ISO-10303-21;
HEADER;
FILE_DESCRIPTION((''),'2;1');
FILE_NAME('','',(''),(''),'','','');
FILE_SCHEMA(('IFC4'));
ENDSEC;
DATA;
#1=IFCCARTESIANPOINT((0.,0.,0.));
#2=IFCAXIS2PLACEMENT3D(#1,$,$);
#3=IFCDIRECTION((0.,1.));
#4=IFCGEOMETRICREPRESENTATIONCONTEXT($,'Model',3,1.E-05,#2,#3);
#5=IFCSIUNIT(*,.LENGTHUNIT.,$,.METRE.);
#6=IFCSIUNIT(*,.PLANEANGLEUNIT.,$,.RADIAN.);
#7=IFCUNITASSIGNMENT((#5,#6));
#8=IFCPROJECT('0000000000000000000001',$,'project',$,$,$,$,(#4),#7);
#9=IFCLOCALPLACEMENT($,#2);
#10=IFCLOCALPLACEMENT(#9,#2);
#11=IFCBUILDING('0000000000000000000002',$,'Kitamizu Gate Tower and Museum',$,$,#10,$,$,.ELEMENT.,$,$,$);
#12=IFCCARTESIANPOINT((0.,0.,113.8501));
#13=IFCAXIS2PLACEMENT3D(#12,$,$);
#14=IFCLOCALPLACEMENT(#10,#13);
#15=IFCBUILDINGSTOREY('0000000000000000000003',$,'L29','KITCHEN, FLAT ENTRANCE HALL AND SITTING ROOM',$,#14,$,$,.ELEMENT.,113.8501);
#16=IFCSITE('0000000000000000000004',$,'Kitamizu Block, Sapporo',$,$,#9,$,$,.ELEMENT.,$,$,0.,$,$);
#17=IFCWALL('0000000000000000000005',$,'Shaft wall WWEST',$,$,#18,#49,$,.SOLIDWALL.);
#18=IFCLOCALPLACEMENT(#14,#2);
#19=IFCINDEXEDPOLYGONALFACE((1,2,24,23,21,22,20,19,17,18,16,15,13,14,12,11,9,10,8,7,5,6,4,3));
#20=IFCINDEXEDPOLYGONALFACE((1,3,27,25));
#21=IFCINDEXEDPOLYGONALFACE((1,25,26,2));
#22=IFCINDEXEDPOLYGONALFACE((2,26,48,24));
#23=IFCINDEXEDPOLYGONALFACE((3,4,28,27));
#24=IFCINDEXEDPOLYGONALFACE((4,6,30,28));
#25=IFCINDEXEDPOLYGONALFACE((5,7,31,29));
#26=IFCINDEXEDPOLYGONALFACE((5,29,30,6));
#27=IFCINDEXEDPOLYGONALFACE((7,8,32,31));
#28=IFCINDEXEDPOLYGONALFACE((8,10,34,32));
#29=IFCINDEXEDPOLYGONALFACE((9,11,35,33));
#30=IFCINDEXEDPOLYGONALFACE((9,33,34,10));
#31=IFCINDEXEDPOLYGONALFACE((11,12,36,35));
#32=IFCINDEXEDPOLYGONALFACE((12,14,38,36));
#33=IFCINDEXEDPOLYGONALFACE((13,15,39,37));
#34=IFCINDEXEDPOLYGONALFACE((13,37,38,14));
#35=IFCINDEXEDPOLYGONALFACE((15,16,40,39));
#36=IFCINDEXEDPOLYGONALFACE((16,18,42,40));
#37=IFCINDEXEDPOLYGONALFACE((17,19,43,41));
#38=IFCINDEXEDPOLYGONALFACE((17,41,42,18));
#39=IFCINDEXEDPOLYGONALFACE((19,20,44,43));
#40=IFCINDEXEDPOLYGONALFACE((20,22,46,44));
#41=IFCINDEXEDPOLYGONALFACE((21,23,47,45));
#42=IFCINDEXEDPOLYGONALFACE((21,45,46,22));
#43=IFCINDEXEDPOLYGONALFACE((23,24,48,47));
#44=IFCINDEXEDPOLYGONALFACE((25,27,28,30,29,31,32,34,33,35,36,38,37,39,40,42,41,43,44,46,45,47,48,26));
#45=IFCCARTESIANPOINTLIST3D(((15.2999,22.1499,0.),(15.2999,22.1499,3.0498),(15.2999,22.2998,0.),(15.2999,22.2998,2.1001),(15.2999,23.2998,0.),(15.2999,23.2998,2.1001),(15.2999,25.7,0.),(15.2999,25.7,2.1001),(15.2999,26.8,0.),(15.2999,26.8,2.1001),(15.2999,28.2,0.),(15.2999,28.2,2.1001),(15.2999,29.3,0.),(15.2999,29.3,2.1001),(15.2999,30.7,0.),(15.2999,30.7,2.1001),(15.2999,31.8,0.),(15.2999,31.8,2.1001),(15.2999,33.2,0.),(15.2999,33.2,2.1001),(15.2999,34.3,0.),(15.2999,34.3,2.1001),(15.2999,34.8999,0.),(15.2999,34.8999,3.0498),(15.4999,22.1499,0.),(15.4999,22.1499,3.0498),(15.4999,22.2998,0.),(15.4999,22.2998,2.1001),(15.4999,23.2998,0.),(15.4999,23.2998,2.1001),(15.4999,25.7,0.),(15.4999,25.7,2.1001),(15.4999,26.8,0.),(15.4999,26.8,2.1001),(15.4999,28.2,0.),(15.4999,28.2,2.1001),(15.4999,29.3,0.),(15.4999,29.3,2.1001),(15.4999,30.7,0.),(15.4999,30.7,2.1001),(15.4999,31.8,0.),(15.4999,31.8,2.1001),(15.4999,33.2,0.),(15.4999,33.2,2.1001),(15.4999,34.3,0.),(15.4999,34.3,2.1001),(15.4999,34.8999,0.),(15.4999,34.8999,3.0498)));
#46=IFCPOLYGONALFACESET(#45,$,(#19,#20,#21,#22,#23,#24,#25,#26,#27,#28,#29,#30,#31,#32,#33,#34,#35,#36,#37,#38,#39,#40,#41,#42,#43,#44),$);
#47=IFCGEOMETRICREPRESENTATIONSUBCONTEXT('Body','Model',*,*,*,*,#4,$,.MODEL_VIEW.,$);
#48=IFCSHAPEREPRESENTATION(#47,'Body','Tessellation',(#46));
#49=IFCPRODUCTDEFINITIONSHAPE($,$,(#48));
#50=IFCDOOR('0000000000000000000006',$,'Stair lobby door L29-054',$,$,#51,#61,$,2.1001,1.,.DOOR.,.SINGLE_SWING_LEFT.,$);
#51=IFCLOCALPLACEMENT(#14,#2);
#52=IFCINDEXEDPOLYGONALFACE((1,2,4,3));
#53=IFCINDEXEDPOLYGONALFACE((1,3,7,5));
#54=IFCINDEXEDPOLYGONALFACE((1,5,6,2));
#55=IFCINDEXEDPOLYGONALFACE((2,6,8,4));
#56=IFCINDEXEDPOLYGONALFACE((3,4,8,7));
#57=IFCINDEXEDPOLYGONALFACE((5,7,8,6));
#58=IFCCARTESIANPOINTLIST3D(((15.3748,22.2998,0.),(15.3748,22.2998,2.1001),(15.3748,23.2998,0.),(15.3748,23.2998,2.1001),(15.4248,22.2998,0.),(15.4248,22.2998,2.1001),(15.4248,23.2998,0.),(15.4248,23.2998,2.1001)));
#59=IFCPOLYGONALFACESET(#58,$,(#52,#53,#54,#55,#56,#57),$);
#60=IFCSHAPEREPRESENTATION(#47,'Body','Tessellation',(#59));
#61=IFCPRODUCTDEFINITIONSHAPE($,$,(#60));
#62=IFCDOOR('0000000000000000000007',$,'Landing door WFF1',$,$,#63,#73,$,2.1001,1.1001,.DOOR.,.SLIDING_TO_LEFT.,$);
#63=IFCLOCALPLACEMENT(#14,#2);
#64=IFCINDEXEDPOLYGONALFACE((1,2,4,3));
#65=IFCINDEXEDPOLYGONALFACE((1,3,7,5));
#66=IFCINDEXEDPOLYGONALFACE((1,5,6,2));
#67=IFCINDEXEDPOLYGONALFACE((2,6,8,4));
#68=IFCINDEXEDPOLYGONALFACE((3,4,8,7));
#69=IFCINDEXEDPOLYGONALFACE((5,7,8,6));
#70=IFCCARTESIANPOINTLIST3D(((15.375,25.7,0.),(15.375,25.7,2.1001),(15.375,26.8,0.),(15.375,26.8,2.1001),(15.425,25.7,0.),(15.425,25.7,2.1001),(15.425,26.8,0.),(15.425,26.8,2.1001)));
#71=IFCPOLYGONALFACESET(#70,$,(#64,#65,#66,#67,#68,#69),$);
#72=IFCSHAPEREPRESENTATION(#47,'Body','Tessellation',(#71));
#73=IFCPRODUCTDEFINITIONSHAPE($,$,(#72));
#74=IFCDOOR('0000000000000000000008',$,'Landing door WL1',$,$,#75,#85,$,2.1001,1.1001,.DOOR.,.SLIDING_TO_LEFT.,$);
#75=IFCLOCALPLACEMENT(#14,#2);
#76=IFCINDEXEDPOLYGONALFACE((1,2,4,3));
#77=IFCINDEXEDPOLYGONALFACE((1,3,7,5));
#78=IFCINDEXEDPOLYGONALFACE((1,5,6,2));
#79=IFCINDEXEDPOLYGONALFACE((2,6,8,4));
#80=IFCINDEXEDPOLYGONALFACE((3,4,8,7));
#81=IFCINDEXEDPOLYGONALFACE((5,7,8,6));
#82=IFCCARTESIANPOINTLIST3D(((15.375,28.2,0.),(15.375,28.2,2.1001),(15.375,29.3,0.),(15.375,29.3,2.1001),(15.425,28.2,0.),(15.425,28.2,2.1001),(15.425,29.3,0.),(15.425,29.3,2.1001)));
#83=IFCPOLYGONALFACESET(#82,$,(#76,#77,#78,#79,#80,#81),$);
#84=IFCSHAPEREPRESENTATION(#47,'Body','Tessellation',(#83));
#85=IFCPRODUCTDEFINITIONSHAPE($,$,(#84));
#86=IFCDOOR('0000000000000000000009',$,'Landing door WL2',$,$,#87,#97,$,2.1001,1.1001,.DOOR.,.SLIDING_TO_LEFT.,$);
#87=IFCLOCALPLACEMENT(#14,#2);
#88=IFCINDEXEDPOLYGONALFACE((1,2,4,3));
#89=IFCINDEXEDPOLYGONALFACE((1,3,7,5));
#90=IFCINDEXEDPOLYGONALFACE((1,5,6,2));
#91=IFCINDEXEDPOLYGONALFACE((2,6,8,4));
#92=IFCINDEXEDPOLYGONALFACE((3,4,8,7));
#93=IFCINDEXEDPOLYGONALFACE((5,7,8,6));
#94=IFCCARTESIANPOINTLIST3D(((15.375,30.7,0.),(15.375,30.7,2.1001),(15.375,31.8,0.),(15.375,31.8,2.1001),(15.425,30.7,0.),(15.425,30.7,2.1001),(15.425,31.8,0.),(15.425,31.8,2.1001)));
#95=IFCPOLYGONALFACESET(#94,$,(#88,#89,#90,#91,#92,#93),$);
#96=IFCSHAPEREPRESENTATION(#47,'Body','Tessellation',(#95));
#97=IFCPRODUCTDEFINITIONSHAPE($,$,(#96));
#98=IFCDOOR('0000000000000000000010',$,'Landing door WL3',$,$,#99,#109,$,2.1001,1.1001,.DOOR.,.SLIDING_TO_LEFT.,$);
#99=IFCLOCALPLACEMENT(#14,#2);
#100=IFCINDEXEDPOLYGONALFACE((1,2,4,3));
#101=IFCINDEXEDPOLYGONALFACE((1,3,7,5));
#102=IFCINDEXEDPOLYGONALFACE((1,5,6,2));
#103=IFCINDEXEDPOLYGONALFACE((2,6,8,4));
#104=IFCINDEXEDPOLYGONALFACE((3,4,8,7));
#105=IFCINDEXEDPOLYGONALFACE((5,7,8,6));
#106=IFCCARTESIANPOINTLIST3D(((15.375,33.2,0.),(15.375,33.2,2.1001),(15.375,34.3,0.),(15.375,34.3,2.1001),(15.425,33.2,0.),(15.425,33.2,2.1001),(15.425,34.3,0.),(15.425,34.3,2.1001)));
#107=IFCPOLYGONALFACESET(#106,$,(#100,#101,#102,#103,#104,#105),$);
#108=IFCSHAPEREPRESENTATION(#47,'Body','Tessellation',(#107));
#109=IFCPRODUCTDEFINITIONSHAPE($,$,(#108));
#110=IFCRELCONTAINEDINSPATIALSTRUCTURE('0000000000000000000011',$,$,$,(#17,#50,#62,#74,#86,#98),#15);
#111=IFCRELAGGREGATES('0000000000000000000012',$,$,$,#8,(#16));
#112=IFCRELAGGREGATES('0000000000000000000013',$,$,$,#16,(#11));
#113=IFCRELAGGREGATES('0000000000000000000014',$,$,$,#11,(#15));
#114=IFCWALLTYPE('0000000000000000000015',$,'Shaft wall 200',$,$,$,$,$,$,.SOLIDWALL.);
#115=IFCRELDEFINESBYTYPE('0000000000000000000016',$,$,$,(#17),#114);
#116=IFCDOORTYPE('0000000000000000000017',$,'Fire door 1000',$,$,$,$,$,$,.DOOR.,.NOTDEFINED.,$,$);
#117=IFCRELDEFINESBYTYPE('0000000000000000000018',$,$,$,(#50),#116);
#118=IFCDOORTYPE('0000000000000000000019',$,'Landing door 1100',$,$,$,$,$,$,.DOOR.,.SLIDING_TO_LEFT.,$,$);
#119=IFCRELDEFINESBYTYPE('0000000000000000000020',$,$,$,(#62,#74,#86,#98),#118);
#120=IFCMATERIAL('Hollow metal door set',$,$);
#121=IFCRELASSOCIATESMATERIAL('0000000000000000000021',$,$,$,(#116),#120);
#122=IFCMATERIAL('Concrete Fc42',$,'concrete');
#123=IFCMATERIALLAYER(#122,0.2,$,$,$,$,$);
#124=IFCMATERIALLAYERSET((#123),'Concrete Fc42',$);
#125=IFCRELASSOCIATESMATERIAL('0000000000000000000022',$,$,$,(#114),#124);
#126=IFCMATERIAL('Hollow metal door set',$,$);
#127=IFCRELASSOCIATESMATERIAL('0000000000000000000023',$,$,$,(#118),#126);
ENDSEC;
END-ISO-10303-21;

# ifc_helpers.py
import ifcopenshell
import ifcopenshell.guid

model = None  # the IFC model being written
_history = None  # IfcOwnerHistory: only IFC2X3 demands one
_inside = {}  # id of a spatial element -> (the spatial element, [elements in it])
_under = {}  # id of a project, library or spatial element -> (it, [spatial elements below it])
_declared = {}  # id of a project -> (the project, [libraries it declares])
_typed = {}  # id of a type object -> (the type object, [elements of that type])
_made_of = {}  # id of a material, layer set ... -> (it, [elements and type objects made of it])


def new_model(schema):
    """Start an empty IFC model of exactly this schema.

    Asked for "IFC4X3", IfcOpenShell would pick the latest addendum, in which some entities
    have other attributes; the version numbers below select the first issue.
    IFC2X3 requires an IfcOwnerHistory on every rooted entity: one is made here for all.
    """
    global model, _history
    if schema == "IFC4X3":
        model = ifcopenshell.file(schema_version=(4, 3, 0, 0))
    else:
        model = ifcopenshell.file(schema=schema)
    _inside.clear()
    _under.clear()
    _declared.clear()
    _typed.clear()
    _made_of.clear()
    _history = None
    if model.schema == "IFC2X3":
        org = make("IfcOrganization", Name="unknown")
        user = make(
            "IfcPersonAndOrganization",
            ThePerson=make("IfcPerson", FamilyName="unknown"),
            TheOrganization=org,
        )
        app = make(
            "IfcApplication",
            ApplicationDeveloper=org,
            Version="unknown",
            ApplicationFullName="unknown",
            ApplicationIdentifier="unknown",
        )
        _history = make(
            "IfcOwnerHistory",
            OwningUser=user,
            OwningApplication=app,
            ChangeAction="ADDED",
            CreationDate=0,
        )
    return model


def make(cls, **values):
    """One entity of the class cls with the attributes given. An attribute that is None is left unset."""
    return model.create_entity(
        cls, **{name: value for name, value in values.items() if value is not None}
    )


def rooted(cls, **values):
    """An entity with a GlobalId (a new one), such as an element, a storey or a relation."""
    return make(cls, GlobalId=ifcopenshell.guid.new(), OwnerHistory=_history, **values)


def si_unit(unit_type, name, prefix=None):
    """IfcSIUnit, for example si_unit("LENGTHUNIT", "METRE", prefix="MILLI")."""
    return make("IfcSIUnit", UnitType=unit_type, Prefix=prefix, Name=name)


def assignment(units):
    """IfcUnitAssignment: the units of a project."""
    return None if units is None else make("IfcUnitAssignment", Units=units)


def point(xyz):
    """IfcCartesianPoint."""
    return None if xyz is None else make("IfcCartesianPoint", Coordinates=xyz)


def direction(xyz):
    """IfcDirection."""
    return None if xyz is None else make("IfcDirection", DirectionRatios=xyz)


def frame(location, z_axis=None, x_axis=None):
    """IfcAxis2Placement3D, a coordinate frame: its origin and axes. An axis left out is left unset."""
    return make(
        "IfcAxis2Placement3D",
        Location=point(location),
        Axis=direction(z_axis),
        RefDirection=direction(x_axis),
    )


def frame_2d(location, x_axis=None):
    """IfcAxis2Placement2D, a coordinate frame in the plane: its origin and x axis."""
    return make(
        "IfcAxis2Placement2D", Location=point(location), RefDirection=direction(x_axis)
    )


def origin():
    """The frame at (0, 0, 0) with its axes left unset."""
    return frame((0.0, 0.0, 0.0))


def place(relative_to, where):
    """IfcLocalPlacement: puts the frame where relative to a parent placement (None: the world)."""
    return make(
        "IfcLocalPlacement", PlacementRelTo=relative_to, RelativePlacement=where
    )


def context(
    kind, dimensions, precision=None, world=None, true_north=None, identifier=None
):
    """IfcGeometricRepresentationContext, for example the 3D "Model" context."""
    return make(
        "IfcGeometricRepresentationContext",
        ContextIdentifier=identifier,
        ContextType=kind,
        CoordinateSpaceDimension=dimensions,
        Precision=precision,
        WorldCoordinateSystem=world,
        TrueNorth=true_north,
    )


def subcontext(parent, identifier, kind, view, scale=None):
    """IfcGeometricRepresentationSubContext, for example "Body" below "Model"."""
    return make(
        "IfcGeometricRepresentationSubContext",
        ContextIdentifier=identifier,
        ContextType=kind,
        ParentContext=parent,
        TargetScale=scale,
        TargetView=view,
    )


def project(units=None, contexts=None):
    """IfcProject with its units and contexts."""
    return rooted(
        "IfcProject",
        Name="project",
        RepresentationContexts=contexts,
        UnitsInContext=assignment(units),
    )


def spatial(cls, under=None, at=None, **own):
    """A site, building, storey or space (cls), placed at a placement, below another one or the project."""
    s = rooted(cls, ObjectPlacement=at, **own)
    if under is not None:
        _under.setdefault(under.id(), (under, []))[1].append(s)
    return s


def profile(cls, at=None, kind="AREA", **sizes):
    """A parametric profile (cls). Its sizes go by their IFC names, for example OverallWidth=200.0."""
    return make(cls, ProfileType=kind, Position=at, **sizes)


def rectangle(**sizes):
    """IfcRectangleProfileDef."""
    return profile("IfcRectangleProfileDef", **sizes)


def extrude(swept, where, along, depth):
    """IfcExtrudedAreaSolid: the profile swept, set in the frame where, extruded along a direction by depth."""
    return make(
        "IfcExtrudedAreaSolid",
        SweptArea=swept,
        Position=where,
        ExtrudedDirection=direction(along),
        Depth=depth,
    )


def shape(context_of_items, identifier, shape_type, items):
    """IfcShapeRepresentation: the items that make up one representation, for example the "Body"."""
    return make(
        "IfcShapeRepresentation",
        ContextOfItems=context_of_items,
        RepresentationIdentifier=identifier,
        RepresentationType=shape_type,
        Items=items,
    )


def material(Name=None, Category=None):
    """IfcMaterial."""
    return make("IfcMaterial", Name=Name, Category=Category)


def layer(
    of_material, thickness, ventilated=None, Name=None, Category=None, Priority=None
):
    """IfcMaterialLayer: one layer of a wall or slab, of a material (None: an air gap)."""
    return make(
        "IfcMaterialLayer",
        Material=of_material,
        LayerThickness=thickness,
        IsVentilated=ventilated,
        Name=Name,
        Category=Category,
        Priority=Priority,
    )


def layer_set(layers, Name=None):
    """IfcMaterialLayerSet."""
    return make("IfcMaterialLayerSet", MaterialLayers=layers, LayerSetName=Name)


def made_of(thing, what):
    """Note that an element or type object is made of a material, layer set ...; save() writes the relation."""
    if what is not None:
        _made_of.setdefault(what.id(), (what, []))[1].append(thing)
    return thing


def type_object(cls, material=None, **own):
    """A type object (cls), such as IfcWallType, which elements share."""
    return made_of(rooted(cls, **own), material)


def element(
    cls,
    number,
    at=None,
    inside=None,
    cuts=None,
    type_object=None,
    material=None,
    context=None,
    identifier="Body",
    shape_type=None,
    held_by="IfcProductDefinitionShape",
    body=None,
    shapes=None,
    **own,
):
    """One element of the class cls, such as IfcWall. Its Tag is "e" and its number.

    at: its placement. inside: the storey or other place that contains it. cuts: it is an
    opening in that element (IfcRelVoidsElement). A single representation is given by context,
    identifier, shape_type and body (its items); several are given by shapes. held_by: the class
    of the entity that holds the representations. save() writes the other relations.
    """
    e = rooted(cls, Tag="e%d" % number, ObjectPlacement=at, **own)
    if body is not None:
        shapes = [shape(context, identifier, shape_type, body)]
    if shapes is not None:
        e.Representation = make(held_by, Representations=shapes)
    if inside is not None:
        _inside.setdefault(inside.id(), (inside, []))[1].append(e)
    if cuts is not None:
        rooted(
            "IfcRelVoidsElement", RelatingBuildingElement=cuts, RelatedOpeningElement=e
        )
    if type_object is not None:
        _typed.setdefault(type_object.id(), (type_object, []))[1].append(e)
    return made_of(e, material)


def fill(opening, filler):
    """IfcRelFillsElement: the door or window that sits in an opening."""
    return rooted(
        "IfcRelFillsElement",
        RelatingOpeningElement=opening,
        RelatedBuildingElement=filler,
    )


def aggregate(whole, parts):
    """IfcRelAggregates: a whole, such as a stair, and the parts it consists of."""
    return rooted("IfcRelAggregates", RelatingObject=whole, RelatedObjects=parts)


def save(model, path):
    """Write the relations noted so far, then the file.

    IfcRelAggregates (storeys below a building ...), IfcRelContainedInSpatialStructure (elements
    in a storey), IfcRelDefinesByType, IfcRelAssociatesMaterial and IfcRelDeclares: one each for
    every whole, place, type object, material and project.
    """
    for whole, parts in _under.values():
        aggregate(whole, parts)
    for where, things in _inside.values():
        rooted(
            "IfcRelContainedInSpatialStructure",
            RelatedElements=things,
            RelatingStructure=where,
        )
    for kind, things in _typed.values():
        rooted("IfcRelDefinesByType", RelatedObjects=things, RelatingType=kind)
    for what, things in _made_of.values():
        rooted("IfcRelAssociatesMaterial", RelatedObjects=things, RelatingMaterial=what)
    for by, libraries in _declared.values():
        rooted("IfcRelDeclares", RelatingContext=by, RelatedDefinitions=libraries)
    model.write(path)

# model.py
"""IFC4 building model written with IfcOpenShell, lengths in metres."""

from ifc_helpers import new_model, si_unit, direction, frame, frame_2d, origin, place, context, subcontext, project, spatial, rectangle, extrude, material, layer, layer_set, type_object, element, fill, save


model = new_model("IFC4")

# Units and contexts
model_context = context("Model", 3, precision=1e-05, world=origin(), true_north=direction((0.0, 1.0)))
body_context = subcontext(model_context, "Body", "Model", "MODEL_VIEW")
ifc_project = project(units=[si_unit("LENGTHUNIT", "METRE"), si_unit("PLANEANGLEUNIT", "RADIAN")], contexts=[model_context])

# Site, building, storey
site_placement = place(None, origin())
site = spatial("IfcSite", under=ifc_project, at=site_placement, Name="Kitamizu Block, Sapporo", CompositionType="ELEMENT", RefElevation=0.0)
building_placement = place(site_placement, origin())
building = spatial("IfcBuilding", under=site, at=building_placement, Name="Kitamizu Gate Tower and Museum", CompositionType="ELEMENT")
storey_placement = place(building_placement, frame((0.0, 0.0, 113.8501)))
storey = spatial("IfcBuildingStorey", under=building, at=storey_placement, Name="L29", Description="KITCHEN, FLAT ENTRANCE HALL AND SITTING ROOM", CompositionType="ELEMENT", Elevation=113.8501)

# Shared definitions
ifc_material_1 = material(Name="Hollow metal door set")
door_type_1 = type_object("IfcDoorType", Name="Fire door 1000", OperationType="NOTDEFINED", PredefinedType="DOOR", material=ifc_material_1)

# Wall, openings, doors
ifc_material_2 = material(Name="Concrete Fc42", Category="concrete")
ifc_layer_1 = layer(ifc_material_2, 0.2)
ifc_layer_set_1 = layer_set([ifc_layer_1], Name="Concrete Fc42")
wall_type_1 = type_object("IfcWallType", Name="Shaft wall 200", PredefinedType="SOLIDWALL", material=ifc_layer_set_1)
wall_1_placement = place(storey_placement, frame((15.3999, 22.1499, 0.0), z_axis=(0.0, 0.0, 1.0), x_axis=(0.0, 1.0, 0.0)))
wall_1 = element("IfcWall", 1, at=wall_1_placement, inside=storey, type_object=wall_type_1, Name="Shaft wall WWEST", PredefinedType="SOLIDWALL", context=body_context, shape_type="SweptSolid", body=[
    extrude(rectangle(XDim=12.75, YDim=0.2, at=frame_2d((6.375, 0.0))), origin(), (0.0, 0.0, 1.0), 3.0498),
])
opening_1_placement = place(wall_1_placement, frame((3.55, 0.0, 0.0)))
opening_1 = element("IfcOpeningElement", 2, at=opening_1_placement, cuts=wall_1, PredefinedType="OPENING", context=body_context, shape_type="SweptSolid", body=[
    extrude(rectangle(XDim=1.1001, YDim=2.1001, at=frame_2d((0.55, 1.05))), frame((0.0, 0.1099, 0.0), z_axis=(0.0, -1.0, 0.0), x_axis=(1.0, 0.0, 0.0)), (0.0, 0.0, 1.0), 0.22),
])
opening_2_placement = place(wall_1_placement, frame((6.05, 0.0, 0.0)))
opening_2 = element("IfcOpeningElement", 3, at=opening_2_placement, cuts=wall_1, PredefinedType="OPENING", context=body_context, shape_type="SweptSolid", body=[
    extrude(rectangle(XDim=1.1001, YDim=2.1001, at=frame_2d((0.55, 1.05))), frame((0.0, 0.1099, 0.0), z_axis=(0.0, -1.0, 0.0), x_axis=(1.0, 0.0, 0.0)), (0.0, 0.0, 1.0), 0.22),
])
opening_3_placement = place(wall_1_placement, frame((8.55, 0.0, 0.0)))
opening_3 = element("IfcOpeningElement", 4, at=opening_3_placement, cuts=wall_1, PredefinedType="OPENING", context=body_context, shape_type="SweptSolid", body=[
    extrude(rectangle(XDim=1.1001, YDim=2.1001, at=frame_2d((0.55, 1.05))), frame((0.0, 0.1099, 0.0), z_axis=(0.0, -1.0, 0.0), x_axis=(1.0, 0.0, 0.0)), (0.0, 0.0, 1.0), 0.22),
])
opening_4_placement = place(wall_1_placement, frame((11.05, 0.0, 0.0)))
opening_4 = element("IfcOpeningElement", 5, at=opening_4_placement, cuts=wall_1, PredefinedType="OPENING", context=body_context, shape_type="SweptSolid", body=[
    extrude(rectangle(XDim=1.1001, YDim=2.1001, at=frame_2d((0.55, 1.05))), frame((0.0, 0.1099, 0.0), z_axis=(0.0, -1.0, 0.0), x_axis=(1.0, 0.0, 0.0)), (0.0, 0.0, 1.0), 0.22),
])
opening_5_placement = place(wall_1_placement, frame((0.1499, 0.0, 0.0)))
opening_5 = element("IfcOpeningElement", 6, at=opening_5_placement, cuts=wall_1, PredefinedType="OPENING", context=body_context, shape_type="SweptSolid", body=[
    extrude(rectangle(XDim=1.0, YDim=2.1001, at=frame_2d((0.5, 1.05))), frame((0.0, 0.1099, 0.0), z_axis=(0.0, -1.0, 0.0), x_axis=(1.0, 0.0, 0.0)), (0.0, 0.0, 1.0), 0.22),
])
door_1_placement = place(opening_5_placement, frame((1.0, 0.0, 0.0), x_axis=(-1.0, 0.0, 0.0)))
door_1 = element("IfcDoor", 7, at=door_1_placement, inside=storey, type_object=door_type_1, Name="Stair lobby door L29-054", OperationType="SINGLE_SWING_LEFT", OverallHeight=2.1001, OverallWidth=1.0, PredefinedType="DOOR", context=body_context, shape_type="SweptSolid", body=[
    extrude(rectangle(XDim=1.0, YDim=2.1001, at=frame_2d((0.5, 1.05))), frame((0.0, 0.0249, 0.0), z_axis=(0.0, -1.0, 0.0), x_axis=(1.0, 0.0, 0.0)), (0.0, 0.0, 1.0), 0.05),
])
fill(opening_5, door_1)
ifc_material_3 = material(Name="Hollow metal door set")
door_type_2 = type_object("IfcDoorType", Name="Landing door 1100", OperationType="SLIDING_TO_LEFT", PredefinedType="DOOR", material=ifc_material_3)
door_2_placement = place(opening_1_placement, origin())
door_2 = element("IfcDoor", 8, at=door_2_placement, inside=storey, type_object=door_type_2, Name="Landing door WFF1", OperationType="SLIDING_TO_LEFT", OverallHeight=2.1001, OverallWidth=1.1001, PredefinedType="DOOR", context=body_context, shape_type="SweptSolid", body=[
    extrude(rectangle(XDim=1.1001, YDim=2.1001, at=frame_2d((0.55, 1.05))), frame((0.0, 0.0249, 0.0), z_axis=(0.0, -1.0, 0.0), x_axis=(1.0, 0.0, 0.0)), (0.0, 0.0, 1.0), 0.05),
])
fill(opening_1, door_2)
door_3_placement = place(opening_2_placement, origin())
door_3 = element("IfcDoor", 9, at=door_3_placement, inside=storey, type_object=door_type_2, Name="Landing door WL1", OperationType="SLIDING_TO_LEFT", OverallHeight=2.1001, OverallWidth=1.1001, PredefinedType="DOOR", context=body_context, shape_type="SweptSolid", body=[
    extrude(rectangle(XDim=1.1001, YDim=2.1001, at=frame_2d((0.55, 1.05))), frame((0.0, 0.0249, 0.0), z_axis=(0.0, -1.0, 0.0), x_axis=(1.0, 0.0, 0.0)), (0.0, 0.0, 1.0), 0.05),
])
fill(opening_2, door_3)
door_4_placement = place(opening_3_placement, origin())
door_4 = element("IfcDoor", 10, at=door_4_placement, inside=storey, type_object=door_type_2, Name="Landing door WL2", OperationType="SLIDING_TO_LEFT", OverallHeight=2.1001, OverallWidth=1.1001, PredefinedType="DOOR", context=body_context, shape_type="SweptSolid", body=[
    extrude(rectangle(XDim=1.1001, YDim=2.1001, at=frame_2d((0.55, 1.05))), frame((0.0, 0.0249, 0.0), z_axis=(0.0, -1.0, 0.0), x_axis=(1.0, 0.0, 0.0)), (0.0, 0.0, 1.0), 0.05),
])
fill(opening_3, door_4)
door_5_placement = place(opening_4_placement, origin())
door_5 = element("IfcDoor", 11, at=door_5_placement, inside=storey, type_object=door_type_2, Name="Landing door WL3", OperationType="SLIDING_TO_LEFT", OverallHeight=2.1001, OverallWidth=1.1001, PredefinedType="DOOR", context=body_context, shape_type="SweptSolid", body=[
    extrude(rectangle(XDim=1.1001, YDim=2.1001, at=frame_2d((0.55, 1.05))), frame((0.0, 0.0249, 0.0), z_axis=(0.0, -1.0, 0.0), x_axis=(1.0, 0.0, 0.0)), (0.0, 0.0, 1.0), 0.05),
])
fill(opening_4, door_5)

save(model, "model.ifc")
